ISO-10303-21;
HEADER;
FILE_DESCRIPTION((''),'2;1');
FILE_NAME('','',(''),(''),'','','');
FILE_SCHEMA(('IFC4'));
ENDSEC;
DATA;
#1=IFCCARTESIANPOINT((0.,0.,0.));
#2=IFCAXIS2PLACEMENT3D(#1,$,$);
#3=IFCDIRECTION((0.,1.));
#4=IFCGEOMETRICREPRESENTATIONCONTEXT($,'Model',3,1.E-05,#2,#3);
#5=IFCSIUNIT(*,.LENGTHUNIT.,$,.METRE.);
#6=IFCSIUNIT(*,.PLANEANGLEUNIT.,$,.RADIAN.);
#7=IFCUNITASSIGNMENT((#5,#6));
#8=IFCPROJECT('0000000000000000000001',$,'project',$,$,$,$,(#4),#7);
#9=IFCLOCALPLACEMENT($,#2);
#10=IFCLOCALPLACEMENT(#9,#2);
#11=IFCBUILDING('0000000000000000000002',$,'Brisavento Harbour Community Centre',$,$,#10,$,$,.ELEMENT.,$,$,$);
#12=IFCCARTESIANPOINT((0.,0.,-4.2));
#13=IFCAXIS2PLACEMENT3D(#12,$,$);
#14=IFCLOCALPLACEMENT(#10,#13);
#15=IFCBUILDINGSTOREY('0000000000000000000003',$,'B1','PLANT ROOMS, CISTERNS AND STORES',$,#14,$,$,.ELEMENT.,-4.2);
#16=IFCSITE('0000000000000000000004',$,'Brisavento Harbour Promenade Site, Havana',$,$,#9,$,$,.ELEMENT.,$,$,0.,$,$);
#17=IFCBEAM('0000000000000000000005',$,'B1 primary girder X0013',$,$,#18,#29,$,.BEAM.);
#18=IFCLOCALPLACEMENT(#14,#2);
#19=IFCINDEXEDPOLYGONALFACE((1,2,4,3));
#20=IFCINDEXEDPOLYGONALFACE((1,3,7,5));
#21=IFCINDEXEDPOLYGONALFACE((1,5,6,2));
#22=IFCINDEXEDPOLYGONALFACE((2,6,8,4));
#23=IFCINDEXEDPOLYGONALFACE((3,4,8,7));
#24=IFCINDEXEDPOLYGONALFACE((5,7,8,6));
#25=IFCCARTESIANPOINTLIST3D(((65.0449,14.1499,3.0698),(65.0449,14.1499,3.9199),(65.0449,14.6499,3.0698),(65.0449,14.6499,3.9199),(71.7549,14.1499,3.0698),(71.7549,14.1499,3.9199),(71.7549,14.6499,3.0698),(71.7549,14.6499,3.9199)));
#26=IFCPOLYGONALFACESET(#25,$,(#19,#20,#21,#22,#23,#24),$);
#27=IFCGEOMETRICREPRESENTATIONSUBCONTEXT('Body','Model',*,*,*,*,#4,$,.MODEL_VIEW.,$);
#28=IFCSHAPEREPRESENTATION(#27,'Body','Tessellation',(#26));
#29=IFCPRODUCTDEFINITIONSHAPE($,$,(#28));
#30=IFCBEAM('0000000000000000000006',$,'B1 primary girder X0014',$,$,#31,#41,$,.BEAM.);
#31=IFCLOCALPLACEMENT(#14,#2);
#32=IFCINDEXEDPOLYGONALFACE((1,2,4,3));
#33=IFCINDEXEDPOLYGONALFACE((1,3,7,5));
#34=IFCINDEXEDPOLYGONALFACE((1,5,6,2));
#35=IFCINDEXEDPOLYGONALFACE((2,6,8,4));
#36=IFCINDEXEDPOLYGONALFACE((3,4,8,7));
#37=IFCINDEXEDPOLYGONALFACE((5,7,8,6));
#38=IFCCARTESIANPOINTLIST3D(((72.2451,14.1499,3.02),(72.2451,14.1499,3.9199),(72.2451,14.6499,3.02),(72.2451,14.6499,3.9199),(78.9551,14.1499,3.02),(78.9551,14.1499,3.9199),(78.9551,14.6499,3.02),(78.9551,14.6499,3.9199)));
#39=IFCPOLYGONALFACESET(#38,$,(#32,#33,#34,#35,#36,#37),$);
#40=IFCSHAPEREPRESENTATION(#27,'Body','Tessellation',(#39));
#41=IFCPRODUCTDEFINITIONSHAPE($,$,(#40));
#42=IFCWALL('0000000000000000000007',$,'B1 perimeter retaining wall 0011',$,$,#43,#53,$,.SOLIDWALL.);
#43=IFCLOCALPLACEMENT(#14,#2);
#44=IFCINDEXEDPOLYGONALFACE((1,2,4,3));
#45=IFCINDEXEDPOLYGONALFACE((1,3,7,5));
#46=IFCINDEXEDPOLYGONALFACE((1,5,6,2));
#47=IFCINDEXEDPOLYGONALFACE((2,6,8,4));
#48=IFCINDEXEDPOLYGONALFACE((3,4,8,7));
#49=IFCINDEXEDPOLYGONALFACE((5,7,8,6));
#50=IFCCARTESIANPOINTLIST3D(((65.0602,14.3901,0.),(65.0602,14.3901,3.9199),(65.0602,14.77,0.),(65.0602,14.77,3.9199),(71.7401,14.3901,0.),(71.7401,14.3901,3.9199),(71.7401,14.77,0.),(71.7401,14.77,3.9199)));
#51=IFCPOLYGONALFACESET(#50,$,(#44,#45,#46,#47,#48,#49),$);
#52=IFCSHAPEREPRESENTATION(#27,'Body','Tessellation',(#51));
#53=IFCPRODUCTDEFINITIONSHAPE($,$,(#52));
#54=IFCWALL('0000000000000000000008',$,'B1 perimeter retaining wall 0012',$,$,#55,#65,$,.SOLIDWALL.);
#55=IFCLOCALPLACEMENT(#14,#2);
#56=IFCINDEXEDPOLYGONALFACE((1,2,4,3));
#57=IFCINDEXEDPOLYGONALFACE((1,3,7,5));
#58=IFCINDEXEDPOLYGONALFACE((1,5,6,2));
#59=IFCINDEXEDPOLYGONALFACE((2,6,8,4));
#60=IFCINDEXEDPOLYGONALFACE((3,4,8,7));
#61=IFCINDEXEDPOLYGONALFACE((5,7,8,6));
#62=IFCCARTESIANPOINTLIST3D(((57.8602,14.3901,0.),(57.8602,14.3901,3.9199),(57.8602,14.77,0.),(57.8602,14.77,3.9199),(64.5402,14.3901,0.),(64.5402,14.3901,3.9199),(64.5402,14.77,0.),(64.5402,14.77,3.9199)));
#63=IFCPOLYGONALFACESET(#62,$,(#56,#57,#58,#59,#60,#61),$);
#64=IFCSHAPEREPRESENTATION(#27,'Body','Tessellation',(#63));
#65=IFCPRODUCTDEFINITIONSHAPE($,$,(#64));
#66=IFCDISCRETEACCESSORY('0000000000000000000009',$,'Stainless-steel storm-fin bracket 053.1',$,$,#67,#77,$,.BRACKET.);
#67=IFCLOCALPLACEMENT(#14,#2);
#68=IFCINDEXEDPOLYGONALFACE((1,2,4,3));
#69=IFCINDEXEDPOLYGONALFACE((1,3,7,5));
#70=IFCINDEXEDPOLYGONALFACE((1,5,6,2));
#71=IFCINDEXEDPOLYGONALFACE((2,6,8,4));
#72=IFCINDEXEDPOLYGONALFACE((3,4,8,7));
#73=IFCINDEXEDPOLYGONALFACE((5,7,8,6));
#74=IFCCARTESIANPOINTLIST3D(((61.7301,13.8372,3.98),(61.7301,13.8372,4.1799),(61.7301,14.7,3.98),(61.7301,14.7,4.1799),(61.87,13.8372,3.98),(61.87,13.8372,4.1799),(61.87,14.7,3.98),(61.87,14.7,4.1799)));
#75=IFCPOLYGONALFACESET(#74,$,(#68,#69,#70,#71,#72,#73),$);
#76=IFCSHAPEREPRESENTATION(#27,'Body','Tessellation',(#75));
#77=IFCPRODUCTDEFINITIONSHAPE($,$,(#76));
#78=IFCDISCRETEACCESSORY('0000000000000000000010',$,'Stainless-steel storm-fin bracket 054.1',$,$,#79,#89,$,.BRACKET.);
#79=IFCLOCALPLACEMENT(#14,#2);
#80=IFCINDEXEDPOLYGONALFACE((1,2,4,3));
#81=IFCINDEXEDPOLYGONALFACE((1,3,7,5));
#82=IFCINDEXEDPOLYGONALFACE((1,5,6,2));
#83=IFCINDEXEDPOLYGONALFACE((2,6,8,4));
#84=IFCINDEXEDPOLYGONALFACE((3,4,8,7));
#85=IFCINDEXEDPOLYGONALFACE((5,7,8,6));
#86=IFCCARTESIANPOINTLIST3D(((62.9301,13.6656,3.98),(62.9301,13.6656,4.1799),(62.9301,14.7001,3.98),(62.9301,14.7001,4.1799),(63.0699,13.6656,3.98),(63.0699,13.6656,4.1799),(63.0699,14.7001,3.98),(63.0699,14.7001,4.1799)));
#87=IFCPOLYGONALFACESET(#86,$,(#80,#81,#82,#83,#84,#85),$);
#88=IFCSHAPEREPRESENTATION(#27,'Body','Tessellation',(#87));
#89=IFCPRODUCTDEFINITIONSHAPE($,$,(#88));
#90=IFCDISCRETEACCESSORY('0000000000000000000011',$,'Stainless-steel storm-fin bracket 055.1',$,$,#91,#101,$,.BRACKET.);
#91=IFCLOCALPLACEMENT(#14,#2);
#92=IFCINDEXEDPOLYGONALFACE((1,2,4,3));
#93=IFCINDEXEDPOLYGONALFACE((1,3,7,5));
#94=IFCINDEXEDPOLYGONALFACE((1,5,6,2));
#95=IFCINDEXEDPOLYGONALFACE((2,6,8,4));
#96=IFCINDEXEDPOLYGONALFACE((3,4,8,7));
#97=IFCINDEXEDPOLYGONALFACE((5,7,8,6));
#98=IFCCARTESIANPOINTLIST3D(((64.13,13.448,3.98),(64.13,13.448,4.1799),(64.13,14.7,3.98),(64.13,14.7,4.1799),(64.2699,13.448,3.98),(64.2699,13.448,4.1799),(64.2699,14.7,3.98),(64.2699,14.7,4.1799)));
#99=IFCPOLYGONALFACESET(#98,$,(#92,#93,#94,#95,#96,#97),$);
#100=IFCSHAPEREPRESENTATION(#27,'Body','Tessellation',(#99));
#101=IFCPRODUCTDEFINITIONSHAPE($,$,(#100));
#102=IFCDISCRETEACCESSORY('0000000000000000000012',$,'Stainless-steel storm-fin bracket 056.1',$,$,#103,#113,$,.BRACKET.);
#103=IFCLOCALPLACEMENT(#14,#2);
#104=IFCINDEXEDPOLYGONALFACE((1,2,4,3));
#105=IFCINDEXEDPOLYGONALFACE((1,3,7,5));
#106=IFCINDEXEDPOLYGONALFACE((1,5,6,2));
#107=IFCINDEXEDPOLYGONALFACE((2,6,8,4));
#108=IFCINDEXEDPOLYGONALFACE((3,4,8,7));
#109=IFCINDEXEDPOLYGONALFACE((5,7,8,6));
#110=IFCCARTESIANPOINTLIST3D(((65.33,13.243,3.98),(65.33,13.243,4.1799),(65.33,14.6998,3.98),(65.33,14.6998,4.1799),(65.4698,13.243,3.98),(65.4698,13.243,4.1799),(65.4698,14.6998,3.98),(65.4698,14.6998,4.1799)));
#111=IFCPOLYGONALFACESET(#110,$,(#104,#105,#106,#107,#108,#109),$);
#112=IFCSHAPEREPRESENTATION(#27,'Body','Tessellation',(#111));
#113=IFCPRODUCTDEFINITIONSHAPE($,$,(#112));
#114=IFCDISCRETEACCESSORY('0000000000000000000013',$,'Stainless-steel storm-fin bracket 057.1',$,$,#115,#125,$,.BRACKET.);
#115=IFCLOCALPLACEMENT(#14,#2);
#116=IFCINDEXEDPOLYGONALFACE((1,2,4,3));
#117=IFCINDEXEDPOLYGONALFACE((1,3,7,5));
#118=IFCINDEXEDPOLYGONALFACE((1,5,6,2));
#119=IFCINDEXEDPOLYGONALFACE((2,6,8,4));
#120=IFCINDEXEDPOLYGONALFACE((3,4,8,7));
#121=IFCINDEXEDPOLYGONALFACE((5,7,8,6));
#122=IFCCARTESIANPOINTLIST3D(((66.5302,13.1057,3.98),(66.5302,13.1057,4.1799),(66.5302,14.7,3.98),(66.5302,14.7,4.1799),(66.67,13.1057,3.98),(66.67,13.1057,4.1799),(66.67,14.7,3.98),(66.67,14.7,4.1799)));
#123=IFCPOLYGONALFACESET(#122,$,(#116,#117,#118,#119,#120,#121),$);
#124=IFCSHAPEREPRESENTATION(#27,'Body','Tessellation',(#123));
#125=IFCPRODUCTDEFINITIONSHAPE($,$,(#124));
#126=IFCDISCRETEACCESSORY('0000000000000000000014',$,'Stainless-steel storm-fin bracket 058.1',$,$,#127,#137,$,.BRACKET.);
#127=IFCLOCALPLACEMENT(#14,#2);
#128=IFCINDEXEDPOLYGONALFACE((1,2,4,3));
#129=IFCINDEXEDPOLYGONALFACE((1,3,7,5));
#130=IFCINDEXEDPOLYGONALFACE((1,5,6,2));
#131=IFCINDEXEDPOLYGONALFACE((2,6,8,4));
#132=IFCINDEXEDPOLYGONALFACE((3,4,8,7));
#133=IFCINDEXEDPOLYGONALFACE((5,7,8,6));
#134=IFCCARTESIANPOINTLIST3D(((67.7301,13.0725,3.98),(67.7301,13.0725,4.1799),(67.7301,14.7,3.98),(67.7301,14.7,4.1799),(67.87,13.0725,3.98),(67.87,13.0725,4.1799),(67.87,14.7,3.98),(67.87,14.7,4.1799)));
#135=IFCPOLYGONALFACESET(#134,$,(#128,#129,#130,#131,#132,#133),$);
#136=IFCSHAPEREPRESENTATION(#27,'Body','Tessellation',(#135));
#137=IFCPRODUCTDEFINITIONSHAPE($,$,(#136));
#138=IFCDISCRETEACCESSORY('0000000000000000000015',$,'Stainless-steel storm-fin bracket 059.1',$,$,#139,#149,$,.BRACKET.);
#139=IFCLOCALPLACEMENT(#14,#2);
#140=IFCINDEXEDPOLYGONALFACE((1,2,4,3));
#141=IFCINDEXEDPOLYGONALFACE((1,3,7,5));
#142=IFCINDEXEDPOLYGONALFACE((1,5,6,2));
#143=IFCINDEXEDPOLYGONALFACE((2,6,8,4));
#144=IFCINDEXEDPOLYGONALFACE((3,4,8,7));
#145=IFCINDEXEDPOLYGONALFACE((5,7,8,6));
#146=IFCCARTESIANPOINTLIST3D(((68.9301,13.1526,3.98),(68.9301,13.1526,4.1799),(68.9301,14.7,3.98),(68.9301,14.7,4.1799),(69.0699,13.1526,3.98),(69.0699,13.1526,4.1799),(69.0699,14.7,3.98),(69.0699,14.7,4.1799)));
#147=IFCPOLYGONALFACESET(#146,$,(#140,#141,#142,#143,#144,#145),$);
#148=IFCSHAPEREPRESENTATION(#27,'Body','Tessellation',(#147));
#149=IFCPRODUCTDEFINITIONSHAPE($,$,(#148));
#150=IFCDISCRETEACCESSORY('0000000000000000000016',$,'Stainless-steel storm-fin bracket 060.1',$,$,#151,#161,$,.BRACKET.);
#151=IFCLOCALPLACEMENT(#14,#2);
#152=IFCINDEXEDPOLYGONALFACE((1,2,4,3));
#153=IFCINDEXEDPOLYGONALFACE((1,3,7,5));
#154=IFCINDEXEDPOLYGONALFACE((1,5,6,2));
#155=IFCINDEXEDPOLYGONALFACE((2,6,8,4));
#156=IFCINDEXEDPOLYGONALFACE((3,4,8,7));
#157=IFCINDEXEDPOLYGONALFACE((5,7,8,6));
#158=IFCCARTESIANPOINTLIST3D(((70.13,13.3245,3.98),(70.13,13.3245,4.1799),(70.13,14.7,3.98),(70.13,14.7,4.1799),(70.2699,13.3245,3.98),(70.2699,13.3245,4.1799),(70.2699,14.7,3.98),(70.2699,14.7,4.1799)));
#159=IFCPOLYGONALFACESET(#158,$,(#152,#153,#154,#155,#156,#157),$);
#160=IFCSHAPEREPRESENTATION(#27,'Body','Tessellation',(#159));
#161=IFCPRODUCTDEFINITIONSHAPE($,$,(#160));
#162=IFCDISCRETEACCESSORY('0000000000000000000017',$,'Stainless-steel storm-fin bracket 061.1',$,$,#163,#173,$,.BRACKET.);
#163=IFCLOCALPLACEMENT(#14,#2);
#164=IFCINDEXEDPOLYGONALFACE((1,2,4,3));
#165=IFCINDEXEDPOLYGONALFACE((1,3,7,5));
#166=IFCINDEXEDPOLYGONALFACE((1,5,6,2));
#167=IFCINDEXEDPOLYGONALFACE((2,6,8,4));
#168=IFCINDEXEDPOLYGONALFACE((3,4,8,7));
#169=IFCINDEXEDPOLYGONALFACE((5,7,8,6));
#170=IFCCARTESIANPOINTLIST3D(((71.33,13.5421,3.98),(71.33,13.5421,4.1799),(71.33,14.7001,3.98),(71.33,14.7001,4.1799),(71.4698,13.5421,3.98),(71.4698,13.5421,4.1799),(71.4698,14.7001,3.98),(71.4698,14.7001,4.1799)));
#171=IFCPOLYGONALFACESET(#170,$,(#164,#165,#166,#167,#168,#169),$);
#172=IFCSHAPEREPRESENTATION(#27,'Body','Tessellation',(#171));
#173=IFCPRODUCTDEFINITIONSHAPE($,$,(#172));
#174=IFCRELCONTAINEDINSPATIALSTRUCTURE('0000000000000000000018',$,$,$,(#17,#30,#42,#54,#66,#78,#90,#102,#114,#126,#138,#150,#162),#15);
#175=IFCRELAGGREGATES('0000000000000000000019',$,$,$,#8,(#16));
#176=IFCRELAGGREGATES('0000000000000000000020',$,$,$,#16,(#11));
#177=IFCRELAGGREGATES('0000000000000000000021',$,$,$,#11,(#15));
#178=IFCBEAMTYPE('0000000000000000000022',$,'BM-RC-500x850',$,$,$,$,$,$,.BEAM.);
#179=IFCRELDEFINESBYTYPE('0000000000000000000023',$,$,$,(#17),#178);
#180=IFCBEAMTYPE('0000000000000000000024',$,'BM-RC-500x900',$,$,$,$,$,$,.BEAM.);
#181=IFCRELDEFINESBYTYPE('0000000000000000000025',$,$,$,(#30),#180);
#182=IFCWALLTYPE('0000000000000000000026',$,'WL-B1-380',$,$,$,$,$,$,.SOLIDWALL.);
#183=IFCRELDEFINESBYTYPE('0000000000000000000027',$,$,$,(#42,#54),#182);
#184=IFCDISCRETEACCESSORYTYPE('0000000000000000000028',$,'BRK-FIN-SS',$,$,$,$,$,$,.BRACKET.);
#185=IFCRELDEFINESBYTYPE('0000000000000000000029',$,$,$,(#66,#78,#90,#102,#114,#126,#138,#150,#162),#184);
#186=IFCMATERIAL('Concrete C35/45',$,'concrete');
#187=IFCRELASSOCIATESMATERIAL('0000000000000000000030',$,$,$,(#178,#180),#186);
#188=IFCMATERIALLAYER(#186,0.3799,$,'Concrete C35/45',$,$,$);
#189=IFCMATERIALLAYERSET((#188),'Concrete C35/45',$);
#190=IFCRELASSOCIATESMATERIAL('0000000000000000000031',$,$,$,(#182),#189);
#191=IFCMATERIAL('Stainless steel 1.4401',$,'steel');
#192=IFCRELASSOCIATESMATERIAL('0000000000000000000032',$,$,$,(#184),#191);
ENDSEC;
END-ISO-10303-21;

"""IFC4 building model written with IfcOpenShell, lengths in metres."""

from ifc_helpers import new_model, si_unit, direction, frame, frame_2d, origin, origin_2d, place, context, subcontext, project, spatial, rectangle, extrude, material, layer, layer_set, material_profile, profile_set, type_object, element, save


model = new_model("IFC4")

# Units and contexts
model_context = context("Model", 3, precision=1e-05, world=origin(), true_north=direction((0.0, 1.0)))
body_context = subcontext(model_context, "Body", "Model", "MODEL_VIEW")
ifc_project = project(units=[si_unit("LENGTHUNIT", "METRE"), si_unit("PLANEANGLEUNIT", "RADIAN")], contexts=[model_context])

# Site, building, storey
site_placement = place(None, origin())
site = spatial("IfcSite", under=ifc_project, at=site_placement, Name="Brisavento Harbour Promenade Site, Havana", CompositionType="ELEMENT", RefElevation=0.0)
building_placement = place(site_placement, origin())
building = spatial("IfcBuilding", under=site, at=building_placement, Name="Brisavento Harbour Community Centre", CompositionType="ELEMENT")
storey_placement = place(building_placement, frame((0.0, 0.0, -4.2)))
storey = spatial("IfcBuildingStorey", under=building, at=storey_placement, Name="B1", Description="PLANT ROOMS, CISTERNS AND STORES", CompositionType="ELEMENT", Elevation=-4.2)

# Shared definitions
ifc_material_1 = material(Name="Concrete C35/45", Category="concrete")

# Beams
ifc_material_profile_1 = material_profile(ifc_material_1, rectangle(XDim=0.5, YDim=0.8501, at=origin_2d()), Name="Concrete C35/45")
ifc_profile_set_1 = profile_set([ifc_material_profile_1], Name="Concrete C35/45")
beam_type_1 = type_object("IfcBeamType", Name="BM-RC-500x850", PredefinedType="BEAM", material=ifc_profile_set_1)
beam_1_placement = place(storey_placement, frame((65.0449, 14.3999, 3.4949), z_axis=(1.0, 0.0, 0.0), x_axis=(0.0, 1.0, 0.0)))
element("IfcBeam", 1, at=beam_1_placement, inside=storey, type_object=beam_type_1, Name="B1 primary girder X0013", PredefinedType="BEAM", context=body_context, shape_type="SweptSolid", body=[
    extrude(rectangle(XDim=0.5, YDim=0.8501, at=origin_2d()), origin(), (0.0, 0.0, 1.0), 6.71),
])
ifc_material_profile_2 = material_profile(ifc_material_1, rectangle(XDim=0.5, YDim=0.8999, at=origin_2d()), Name="Concrete C35/45")
ifc_profile_set_2 = profile_set([ifc_material_profile_2], Name="Concrete C35/45")
beam_type_2 = type_object("IfcBeamType", Name="BM-RC-500x900", PredefinedType="BEAM", material=ifc_profile_set_2)
beam_2_placement = place(storey_placement, frame((72.2451, 14.3999, 3.47), z_axis=(1.0, 0.0, 0.0), x_axis=(0.0, 1.0, 0.0)))
element("IfcBeam", 2, at=beam_2_placement, inside=storey, type_object=beam_type_2, Name="B1 primary girder X0014", PredefinedType="BEAM", context=body_context, shape_type="SweptSolid", body=[
    extrude(rectangle(XDim=0.5, YDim=0.8999, at=origin_2d()), origin(), (0.0, 0.0, 1.0), 6.71),
])

# Walls
ifc_layer = layer(ifc_material_1, 0.3799, Name="Concrete C35/45")
ifc_layer_set = layer_set([ifc_layer], Name="Concrete C35/45")
wall_type = type_object("IfcWallType", Name="WL-B1-380", PredefinedType="SOLIDWALL", material=ifc_layer_set)
for number, where, z_axis, x_axis, name in (
    (3, (71.74, 14.5801, 0.0), (0.0, 0.0, 1.0), (-1.0, 0.0, 0.0), "B1 perimeter retaining wall 0011"),
    (4, (64.54, 14.5801, 0.0), (0.0, 0.0, 1.0), (-1.0, 0.0, 0.0), "B1 perimeter retaining wall 0012"),
):
    element("IfcWall", number, at=place(storey_placement, frame(where, z_axis=z_axis, x_axis=x_axis)), inside=storey, type_object=wall_type, Name=name, PredefinedType="SOLIDWALL", context=body_context, shape_type="SweptSolid", body=[
        extrude(rectangle(XDim=6.6799, YDim=0.3799, at=frame_2d((3.3398, 0.0))), origin(), (0.0, 0.0, 1.0), 3.9199),
    ])

# Discrete accessories
ifc_material_2 = material(Name="Stainless steel 1.4401", Category="steel")
discrete_accessory_type = type_object("IfcDiscreteAccessoryType", Name="BRK-FIN-SS", PredefinedType="BRACKET", material=ifc_material_2)
discrete_accessory_1_placement = place(storey_placement, frame((61.8, 14.2686, 3.98), z_axis=(0.0, 0.0, 1.0), x_axis=(0.0, -1.0, 0.0)))
element("IfcDiscreteAccessory", 5, at=discrete_accessory_1_placement, inside=storey, type_object=discrete_accessory_type, Name="Stainless-steel storm-fin bracket 053.1", PredefinedType="BRACKET", context=body_context, shape_type="SweptSolid", body=[
    extrude(rectangle(XDim=0.8628, YDim=0.1399, at=origin_2d()), origin(), (0.0, 0.0, 1.0), 0.2),
])
discrete_accessory_2_placement = place(storey_placement, frame((63.0, 14.1829, 3.98), z_axis=(0.0, 0.0, 1.0), x_axis=(0.0, -1.0, 0.0)))
element("IfcDiscreteAccessory", 6, at=discrete_accessory_2_placement, inside=storey, type_object=discrete_accessory_type, Name="Stainless-steel storm-fin bracket 054.1", PredefinedType="BRACKET", context=body_context, shape_type="SweptSolid", body=[
    extrude(rectangle(XDim=1.0344, YDim=0.1399, at=origin_2d()), origin(), (0.0, 0.0, 1.0), 0.2),
])
discrete_accessory_3_placement = place(storey_placement, frame((64.2, 14.074, 3.98), z_axis=(0.0, 0.0, 1.0), x_axis=(0.0, -1.0, 0.0)))
element("IfcDiscreteAccessory", 7, at=discrete_accessory_3_placement, inside=storey, type_object=discrete_accessory_type, Name="Stainless-steel storm-fin bracket 055.1", PredefinedType="BRACKET", context=body_context, shape_type="SweptSolid", body=[
    extrude(rectangle(XDim=1.252, YDim=0.1399, at=origin_2d()), origin(), (0.0, 0.0, 1.0), 0.2),
])
discrete_accessory_4_placement = place(storey_placement, frame((65.3999, 13.9714, 3.98), z_axis=(0.0, 0.0, 1.0), x_axis=(0.0, -1.0, 0.0)))
element("IfcDiscreteAccessory", 8, at=discrete_accessory_4_placement, inside=storey, type_object=discrete_accessory_type, Name="Stainless-steel storm-fin bracket 056.1", PredefinedType="BRACKET", context=body_context, shape_type="SweptSolid", body=[
    extrude(rectangle(XDim=1.4568, YDim=0.1399, at=origin_2d()), origin(), (0.0, 0.0, 1.0), 0.2),
])
discrete_accessory_5_placement = place(storey_placement, frame((66.6001, 13.9028, 3.98), z_axis=(0.0, 0.0, 1.0), x_axis=(0.0, -1.0, 0.0)))
element("IfcDiscreteAccessory", 9, at=discrete_accessory_5_placement, inside=storey, type_object=discrete_accessory_type, Name="Stainless-steel storm-fin bracket 057.1", PredefinedType="BRACKET", context=body_context, shape_type="SweptSolid", body=[
    extrude(rectangle(XDim=1.5942, YDim=0.1399, at=origin_2d()), origin(), (0.0, 0.0, 1.0), 0.2),
])
discrete_accessory_6_placement = place(storey_placement, frame((67.8, 13.8862, 3.98), z_axis=(0.0, 0.0, 1.0), x_axis=(0.0, -1.0, 0.0)))
element("IfcDiscreteAccessory", 10, at=discrete_accessory_6_placement, inside=storey, type_object=discrete_accessory_type, Name="Stainless-steel storm-fin bracket 058.1", PredefinedType="BRACKET", context=body_context, shape_type="SweptSolid", body=[
    extrude(rectangle(XDim=1.6274, YDim=0.1399, at=origin_2d()), origin(), (0.0, 0.0, 1.0), 0.2),
])
discrete_accessory_7_placement = place(storey_placement, frame((69.0, 13.9263, 3.98), z_axis=(0.0, 0.0, 1.0), x_axis=(0.0, -1.0, 0.0)))
element("IfcDiscreteAccessory", 11, at=discrete_accessory_7_placement, inside=storey, type_object=discrete_accessory_type, Name="Stainless-steel storm-fin bracket 059.1", PredefinedType="BRACKET", context=body_context, shape_type="SweptSolid", body=[
    extrude(rectangle(XDim=1.5474, YDim=0.1399, at=origin_2d()), origin(), (0.0, 0.0, 1.0), 0.2),
])
discrete_accessory_8_placement = place(storey_placement, frame((70.2, 14.0122, 3.98), z_axis=(0.0, 0.0, 1.0), x_axis=(0.0, -1.0, 0.0)))
element("IfcDiscreteAccessory", 12, at=discrete_accessory_8_placement, inside=storey, type_object=discrete_accessory_type, Name="Stainless-steel storm-fin bracket 060.1", PredefinedType="BRACKET", context=body_context, shape_type="SweptSolid", body=[
    extrude(rectangle(XDim=1.3755, YDim=0.1399, at=origin_2d()), origin(), (0.0, 0.0, 1.0), 0.2),
])
discrete_accessory_9_placement = place(storey_placement, frame((71.3999, 14.1211, 3.98), z_axis=(0.0, 0.0, 1.0), x_axis=(0.0, -1.0, 0.0)))
element("IfcDiscreteAccessory", 13, at=discrete_accessory_9_placement, inside=storey, type_object=discrete_accessory_type, Name="Stainless-steel storm-fin bracket 061.1", PredefinedType="BRACKET", context=body_context, shape_type="SweptSolid", body=[
    extrude(rectangle(XDim=1.158, YDim=0.1399, at=origin_2d()), origin(), (0.0, 0.0, 1.0), 0.2),
])

save(model, "model.ifc")
